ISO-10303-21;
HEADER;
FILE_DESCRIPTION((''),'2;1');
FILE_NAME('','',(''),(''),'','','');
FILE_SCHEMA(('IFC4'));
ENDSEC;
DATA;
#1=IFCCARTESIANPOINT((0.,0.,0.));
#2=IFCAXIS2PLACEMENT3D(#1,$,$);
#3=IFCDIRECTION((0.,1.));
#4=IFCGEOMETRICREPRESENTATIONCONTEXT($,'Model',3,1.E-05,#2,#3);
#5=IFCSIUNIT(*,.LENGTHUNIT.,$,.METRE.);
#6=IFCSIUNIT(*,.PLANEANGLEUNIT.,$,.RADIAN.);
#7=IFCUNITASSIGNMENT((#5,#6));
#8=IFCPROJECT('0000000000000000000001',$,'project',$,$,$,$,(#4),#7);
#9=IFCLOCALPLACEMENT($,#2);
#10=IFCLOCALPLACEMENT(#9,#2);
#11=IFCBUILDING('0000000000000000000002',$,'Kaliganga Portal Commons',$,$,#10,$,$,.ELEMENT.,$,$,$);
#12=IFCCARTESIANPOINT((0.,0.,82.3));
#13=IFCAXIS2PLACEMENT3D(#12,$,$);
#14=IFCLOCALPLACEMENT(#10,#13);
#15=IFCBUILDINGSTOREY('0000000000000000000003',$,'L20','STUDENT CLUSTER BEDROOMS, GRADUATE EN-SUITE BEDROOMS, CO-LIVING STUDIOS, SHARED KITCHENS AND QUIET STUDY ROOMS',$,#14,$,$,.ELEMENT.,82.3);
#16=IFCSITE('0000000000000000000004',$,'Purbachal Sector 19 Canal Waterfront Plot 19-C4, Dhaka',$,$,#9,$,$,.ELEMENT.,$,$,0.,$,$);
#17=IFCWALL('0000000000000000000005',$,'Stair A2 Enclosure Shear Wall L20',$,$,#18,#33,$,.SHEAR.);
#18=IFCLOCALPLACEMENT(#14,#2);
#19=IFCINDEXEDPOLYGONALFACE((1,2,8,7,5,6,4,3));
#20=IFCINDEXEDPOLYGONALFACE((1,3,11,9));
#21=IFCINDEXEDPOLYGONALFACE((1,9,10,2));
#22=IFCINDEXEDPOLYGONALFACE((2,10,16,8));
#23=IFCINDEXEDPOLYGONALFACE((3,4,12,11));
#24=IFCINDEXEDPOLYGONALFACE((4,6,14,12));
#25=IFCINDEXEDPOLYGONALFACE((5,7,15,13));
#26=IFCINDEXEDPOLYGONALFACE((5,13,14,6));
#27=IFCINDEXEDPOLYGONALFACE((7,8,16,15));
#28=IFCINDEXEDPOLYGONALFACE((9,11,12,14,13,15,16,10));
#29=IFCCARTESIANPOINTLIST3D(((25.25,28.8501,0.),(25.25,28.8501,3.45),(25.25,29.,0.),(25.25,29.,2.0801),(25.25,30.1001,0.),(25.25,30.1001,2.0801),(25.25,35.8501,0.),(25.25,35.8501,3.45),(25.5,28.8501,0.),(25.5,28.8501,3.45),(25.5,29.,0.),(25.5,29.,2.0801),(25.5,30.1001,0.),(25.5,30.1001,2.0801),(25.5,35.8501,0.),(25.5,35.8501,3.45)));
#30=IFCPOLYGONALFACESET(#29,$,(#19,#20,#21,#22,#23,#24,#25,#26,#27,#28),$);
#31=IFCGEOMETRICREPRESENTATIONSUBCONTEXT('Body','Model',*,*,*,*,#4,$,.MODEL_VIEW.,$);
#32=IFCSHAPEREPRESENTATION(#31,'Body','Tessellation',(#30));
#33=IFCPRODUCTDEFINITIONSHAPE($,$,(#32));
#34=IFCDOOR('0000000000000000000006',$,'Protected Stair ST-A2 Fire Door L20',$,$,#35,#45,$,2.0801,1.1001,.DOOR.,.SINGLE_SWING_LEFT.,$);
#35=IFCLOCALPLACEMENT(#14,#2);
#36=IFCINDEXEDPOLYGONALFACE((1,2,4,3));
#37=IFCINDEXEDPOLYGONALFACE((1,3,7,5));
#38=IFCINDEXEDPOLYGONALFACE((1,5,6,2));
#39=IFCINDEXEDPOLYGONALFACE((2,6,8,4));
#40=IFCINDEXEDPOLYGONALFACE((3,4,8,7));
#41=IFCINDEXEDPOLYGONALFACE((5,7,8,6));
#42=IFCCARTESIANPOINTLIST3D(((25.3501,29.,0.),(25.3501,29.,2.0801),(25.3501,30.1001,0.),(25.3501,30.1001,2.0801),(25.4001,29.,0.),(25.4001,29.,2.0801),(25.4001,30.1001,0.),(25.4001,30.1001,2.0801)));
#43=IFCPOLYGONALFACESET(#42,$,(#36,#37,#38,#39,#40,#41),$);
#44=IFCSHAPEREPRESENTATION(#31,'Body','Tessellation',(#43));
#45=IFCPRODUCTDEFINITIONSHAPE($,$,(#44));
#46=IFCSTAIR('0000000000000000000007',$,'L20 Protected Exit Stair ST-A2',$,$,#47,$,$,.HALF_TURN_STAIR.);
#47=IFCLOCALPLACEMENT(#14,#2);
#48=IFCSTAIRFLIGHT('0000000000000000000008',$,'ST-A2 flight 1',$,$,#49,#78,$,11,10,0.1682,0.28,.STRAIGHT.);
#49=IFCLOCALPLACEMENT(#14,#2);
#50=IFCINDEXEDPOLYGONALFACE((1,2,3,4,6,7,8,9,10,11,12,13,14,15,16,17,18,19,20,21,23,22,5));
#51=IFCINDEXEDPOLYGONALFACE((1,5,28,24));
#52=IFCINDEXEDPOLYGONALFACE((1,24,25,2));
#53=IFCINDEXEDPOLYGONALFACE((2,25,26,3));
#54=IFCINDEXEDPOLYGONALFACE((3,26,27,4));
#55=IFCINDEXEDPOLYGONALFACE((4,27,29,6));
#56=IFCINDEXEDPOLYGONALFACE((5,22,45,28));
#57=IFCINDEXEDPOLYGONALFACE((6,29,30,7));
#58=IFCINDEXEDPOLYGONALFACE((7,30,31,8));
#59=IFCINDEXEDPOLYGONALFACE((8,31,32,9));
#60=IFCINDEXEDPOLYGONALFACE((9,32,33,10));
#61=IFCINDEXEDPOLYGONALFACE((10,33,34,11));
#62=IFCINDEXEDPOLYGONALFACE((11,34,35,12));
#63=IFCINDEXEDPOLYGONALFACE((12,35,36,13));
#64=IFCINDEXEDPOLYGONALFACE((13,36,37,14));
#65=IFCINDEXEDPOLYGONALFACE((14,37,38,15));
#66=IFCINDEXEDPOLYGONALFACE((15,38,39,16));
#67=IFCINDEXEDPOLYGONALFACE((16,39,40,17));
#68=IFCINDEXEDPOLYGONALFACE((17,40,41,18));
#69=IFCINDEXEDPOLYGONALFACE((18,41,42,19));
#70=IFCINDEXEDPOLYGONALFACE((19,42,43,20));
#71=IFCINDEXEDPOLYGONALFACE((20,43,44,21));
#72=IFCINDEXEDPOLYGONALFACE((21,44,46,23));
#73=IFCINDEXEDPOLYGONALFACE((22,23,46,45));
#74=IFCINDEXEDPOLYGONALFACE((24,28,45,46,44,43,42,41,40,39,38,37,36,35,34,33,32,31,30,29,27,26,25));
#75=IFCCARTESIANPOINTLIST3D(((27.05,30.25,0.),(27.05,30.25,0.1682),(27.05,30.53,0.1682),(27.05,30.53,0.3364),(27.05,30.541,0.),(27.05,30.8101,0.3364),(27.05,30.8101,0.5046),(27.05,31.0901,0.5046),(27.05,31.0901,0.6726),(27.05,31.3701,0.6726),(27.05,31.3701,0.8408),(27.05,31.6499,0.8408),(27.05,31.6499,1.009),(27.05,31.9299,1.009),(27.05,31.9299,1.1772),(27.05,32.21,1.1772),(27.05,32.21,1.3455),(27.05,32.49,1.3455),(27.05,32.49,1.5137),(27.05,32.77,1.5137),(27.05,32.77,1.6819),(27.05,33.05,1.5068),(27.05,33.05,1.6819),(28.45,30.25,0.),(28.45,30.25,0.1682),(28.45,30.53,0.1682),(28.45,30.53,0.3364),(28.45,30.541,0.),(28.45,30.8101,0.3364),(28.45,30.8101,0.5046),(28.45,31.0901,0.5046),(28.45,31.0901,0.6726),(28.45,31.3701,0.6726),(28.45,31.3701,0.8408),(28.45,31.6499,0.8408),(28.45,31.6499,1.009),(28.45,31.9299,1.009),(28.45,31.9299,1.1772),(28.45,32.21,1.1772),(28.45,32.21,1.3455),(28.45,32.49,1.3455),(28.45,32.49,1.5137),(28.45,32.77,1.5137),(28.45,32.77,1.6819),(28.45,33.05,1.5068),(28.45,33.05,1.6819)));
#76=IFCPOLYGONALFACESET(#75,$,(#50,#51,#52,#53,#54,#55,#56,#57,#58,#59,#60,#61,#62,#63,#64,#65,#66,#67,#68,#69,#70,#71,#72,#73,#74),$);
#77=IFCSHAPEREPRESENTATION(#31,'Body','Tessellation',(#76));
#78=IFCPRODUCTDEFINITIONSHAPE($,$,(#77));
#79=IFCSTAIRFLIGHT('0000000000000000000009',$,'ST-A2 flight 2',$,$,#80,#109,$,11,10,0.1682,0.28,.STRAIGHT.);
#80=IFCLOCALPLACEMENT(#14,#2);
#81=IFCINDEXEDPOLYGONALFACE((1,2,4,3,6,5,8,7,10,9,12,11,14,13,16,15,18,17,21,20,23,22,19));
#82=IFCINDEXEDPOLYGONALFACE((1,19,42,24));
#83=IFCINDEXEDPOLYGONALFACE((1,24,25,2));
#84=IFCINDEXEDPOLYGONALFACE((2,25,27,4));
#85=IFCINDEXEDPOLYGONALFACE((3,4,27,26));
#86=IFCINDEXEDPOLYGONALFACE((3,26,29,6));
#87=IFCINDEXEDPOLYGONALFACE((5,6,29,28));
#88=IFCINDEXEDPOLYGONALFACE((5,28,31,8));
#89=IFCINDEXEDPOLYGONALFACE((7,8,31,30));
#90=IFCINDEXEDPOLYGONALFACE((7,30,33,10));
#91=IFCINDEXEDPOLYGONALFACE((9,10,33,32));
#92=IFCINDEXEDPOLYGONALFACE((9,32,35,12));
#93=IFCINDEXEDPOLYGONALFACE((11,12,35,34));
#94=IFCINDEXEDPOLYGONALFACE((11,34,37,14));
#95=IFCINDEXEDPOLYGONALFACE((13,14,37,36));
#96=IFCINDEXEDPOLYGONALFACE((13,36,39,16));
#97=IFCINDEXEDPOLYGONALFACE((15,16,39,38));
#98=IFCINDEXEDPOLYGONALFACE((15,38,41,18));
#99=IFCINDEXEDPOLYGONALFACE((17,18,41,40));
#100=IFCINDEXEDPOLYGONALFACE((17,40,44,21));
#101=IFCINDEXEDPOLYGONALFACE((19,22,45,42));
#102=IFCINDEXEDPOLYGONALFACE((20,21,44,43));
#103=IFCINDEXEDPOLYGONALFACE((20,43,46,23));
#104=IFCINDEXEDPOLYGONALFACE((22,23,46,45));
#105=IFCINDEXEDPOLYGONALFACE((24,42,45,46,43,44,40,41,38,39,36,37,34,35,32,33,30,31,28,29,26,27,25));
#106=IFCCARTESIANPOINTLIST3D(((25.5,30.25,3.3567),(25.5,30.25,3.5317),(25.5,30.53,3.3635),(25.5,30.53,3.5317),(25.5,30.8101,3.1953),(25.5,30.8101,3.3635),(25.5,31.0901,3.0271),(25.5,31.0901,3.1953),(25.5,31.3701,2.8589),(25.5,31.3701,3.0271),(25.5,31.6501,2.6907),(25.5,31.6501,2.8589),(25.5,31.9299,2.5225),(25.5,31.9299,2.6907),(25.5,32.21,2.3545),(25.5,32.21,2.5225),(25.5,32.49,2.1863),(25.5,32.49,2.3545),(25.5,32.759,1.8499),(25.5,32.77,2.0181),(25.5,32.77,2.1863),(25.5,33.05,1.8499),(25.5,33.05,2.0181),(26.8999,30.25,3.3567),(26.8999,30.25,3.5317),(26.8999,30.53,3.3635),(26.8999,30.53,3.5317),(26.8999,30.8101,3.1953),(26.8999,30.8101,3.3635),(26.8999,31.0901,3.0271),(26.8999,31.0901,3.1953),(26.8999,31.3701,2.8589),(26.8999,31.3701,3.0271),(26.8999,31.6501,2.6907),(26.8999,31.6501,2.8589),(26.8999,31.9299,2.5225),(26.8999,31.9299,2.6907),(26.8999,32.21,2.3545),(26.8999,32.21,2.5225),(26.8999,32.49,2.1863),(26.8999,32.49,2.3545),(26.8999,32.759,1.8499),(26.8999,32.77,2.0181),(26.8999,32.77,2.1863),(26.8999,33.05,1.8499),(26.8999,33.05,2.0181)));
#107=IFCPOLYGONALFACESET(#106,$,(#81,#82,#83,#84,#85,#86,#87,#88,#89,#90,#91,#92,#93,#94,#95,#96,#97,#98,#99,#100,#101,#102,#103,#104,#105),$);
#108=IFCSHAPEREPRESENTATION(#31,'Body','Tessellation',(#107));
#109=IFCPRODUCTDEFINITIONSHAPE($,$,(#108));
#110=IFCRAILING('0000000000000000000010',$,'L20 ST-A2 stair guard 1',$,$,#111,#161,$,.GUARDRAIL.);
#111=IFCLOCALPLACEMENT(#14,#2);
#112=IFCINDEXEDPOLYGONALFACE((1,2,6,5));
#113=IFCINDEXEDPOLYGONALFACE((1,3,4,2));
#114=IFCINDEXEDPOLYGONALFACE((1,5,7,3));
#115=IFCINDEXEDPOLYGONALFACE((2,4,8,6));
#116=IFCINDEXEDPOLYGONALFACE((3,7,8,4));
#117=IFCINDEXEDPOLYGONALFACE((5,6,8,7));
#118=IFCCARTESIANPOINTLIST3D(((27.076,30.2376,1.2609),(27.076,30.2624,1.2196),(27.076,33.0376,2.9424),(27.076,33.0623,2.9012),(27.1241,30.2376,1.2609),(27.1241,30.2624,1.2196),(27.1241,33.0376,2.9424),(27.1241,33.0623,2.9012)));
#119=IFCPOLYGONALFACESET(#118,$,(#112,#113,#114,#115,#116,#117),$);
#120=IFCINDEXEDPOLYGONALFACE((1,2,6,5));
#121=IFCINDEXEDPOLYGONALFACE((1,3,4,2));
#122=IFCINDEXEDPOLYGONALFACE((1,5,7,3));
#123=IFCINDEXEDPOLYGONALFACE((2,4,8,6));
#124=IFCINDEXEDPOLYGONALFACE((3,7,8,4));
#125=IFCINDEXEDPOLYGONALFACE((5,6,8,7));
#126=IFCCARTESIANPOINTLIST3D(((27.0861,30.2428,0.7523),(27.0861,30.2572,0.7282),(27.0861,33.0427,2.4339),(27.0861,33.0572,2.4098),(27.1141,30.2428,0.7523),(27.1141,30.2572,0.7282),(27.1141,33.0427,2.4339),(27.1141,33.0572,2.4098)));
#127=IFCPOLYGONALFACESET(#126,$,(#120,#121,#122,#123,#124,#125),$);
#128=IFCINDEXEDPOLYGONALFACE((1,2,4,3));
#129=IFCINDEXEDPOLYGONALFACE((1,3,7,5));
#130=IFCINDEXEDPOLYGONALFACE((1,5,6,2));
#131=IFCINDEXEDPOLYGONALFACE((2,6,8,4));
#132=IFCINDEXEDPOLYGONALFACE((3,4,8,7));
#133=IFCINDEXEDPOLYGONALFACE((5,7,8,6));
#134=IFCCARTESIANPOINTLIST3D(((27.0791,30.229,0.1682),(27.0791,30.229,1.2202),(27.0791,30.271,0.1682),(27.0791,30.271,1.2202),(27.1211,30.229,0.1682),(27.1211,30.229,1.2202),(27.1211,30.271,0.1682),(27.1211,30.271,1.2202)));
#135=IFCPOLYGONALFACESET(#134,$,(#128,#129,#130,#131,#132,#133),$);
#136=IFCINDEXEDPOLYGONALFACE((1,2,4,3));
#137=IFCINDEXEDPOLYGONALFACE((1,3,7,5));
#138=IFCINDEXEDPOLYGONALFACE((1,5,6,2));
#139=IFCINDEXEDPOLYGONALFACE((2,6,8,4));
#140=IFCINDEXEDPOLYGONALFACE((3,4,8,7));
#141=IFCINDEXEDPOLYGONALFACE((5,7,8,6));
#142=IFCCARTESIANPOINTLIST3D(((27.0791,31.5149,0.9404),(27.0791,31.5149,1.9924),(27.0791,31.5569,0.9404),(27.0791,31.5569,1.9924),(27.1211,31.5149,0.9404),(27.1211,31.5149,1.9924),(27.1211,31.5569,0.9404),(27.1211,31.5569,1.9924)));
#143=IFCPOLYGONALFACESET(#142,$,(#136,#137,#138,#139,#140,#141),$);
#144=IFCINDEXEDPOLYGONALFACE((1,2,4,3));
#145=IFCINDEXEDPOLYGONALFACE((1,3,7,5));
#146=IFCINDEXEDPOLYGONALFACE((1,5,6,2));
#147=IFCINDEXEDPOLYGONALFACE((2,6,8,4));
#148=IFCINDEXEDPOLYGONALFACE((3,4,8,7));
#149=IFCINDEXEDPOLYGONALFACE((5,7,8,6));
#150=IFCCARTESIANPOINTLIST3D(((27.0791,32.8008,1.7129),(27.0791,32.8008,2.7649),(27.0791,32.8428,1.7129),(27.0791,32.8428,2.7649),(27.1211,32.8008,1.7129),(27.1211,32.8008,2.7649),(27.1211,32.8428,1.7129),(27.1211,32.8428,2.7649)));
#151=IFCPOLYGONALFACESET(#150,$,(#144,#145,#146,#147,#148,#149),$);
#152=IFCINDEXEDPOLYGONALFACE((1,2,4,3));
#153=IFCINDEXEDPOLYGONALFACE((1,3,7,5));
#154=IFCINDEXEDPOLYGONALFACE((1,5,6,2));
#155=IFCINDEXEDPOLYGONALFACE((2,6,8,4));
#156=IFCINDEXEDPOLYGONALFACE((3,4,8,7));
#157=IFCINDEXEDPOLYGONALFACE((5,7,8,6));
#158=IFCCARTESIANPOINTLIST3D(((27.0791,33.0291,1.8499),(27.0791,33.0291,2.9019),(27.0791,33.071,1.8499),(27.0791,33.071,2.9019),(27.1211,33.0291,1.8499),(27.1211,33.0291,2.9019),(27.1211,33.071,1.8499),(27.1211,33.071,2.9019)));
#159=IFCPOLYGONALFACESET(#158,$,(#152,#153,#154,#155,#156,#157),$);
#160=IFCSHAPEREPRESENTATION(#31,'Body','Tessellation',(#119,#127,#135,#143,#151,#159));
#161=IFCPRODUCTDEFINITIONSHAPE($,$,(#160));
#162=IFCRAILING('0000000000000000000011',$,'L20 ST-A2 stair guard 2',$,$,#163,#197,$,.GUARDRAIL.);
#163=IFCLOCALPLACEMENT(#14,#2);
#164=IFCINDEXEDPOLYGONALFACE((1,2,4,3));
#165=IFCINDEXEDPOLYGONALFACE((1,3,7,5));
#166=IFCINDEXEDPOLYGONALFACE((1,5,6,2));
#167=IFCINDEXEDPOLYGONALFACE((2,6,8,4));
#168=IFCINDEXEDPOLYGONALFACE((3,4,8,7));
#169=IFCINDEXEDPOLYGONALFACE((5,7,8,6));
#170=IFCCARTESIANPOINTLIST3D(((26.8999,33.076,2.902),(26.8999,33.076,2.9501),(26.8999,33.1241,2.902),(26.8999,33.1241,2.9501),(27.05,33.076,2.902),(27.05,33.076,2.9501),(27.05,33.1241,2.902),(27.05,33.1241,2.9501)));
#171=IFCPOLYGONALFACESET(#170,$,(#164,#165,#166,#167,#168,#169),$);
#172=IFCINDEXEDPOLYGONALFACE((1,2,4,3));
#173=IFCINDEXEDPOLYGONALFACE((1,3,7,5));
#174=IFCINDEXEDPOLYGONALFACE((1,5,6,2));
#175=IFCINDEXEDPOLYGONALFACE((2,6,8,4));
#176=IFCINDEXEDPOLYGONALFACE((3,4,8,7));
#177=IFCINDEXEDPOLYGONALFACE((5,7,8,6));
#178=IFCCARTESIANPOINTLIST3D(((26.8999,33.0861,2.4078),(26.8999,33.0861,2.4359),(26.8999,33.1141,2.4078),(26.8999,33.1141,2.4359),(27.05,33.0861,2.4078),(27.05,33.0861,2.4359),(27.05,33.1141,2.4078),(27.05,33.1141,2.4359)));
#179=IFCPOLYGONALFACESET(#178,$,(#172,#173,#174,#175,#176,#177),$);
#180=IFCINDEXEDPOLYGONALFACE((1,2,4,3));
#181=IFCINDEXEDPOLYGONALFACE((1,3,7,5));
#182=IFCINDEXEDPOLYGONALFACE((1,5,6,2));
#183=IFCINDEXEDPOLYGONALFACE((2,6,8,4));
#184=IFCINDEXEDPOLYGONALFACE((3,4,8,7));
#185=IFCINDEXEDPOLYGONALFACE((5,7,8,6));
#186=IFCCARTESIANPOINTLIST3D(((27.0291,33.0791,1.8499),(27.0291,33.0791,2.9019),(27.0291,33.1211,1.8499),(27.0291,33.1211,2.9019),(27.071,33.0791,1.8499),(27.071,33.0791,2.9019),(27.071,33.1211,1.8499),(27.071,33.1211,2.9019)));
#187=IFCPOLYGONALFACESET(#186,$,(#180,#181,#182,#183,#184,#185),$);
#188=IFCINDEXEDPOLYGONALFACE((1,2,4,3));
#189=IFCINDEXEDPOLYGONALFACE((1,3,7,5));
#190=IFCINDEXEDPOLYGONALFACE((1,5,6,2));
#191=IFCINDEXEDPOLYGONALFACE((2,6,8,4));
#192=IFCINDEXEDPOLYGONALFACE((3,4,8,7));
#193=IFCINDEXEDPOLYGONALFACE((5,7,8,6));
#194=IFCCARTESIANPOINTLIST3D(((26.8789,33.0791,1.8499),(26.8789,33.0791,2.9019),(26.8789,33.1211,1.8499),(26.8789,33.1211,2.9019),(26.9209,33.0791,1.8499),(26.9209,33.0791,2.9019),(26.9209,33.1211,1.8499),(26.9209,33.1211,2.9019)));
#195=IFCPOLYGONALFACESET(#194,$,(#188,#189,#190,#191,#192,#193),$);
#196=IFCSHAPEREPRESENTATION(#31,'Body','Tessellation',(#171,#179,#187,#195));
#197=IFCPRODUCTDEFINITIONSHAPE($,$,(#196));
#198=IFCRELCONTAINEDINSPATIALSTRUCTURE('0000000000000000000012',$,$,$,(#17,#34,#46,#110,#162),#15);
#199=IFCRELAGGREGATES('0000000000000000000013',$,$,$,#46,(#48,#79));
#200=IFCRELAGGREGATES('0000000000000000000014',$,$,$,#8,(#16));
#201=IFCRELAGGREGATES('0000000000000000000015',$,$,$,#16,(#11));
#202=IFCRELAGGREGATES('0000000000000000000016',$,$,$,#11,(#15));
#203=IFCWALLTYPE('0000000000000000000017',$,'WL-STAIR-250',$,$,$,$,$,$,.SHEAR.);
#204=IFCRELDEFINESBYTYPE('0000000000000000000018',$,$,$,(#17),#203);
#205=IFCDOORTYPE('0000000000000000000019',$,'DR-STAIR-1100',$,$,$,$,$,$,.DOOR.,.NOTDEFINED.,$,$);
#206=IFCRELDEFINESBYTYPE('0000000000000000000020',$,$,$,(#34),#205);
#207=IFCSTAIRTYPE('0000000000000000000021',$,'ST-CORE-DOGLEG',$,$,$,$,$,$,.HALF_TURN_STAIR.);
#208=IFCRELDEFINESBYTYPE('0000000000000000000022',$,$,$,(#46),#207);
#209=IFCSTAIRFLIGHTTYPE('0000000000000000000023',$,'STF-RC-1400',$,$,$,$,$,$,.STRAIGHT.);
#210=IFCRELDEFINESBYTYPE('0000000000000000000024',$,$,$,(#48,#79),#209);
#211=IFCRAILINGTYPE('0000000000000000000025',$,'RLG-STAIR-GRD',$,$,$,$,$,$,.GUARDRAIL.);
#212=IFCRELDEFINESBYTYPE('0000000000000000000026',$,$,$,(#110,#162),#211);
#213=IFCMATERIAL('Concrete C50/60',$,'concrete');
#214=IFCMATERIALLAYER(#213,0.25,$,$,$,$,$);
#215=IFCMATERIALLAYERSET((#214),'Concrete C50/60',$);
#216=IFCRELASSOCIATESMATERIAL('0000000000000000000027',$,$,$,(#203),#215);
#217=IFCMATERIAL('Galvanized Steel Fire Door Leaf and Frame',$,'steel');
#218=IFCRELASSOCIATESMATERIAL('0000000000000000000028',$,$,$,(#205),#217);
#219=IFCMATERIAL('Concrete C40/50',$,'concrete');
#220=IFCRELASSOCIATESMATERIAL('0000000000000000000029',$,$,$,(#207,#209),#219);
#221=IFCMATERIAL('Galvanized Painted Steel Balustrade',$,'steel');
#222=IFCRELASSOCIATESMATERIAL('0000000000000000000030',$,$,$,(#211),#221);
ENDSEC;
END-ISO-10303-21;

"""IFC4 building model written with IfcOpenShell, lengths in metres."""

from ifc_helpers import new_model, si_unit, direction, frame, frame_2d, origin, origin_2d, place, context, subcontext, project, spatial, polyline, rectangle, outline, extrude, material, layer, layer_set, type_object, element, fill, aggregate, save


model = new_model("IFC4")

# Units and contexts
model_context = context("Model", 3, precision=1e-05, world=origin(), true_north=direction((0.0, 1.0)))
body_context = subcontext(model_context, "Body", "Model", "MODEL_VIEW")
ifc_project = project(units=[si_unit("LENGTHUNIT", "METRE"), si_unit("PLANEANGLEUNIT", "RADIAN")], contexts=[model_context])

# Site, building, storey
site_placement = place(None, origin())
site = spatial("IfcSite", under=ifc_project, at=site_placement, Name="Purbachal Sector 19 Canal Waterfront Plot 19-C4, Dhaka", CompositionType="ELEMENT", RefElevation=0.0)
building_placement = place(site_placement, origin())
building = spatial("IfcBuilding", under=site, at=building_placement, Name="Kaliganga Portal Commons", CompositionType="ELEMENT")
storey_placement = place(building_placement, frame((0.0, 0.0, 82.3)))
storey = spatial("IfcBuildingStorey", under=building, at=storey_placement, Name="L20", Description="STUDENT CLUSTER BEDROOMS, GRADUATE EN-SUITE BEDROOMS, CO-LIVING STUDIOS, SHARED KITCHENS AND QUIET STUDY ROOMS", CompositionType="ELEMENT", Elevation=82.3)

# Wall, opening, door
ifc_material_1 = material(Name="Concrete C50/60", Category="concrete")
ifc_layer_1 = layer(ifc_material_1, 0.25)
ifc_layer_set_1 = layer_set([ifc_layer_1], Name="Concrete C50/60")
wall_type_1 = type_object("IfcWallType", Name="WL-STAIR-250", PredefinedType="SHEAR", material=ifc_layer_set_1)
wall_1_placement = place(storey_placement, frame((25.375, 28.8501, 0.0), z_axis=(0.0, 0.0, 1.0), x_axis=(0.0, 1.0, 0.0)))
wall_1 = element("IfcWall", 1, at=wall_1_placement, inside=storey, type_object=wall_type_1, Name="Stair A2 Enclosure Shear Wall L20", PredefinedType="SHEAR", context=body_context, shape_type="SweptSolid", body=[
    extrude(rectangle(XDim=7.0, YDim=0.25, at=frame_2d((3.5, 0.0))), origin(), (0.0, 0.0, 1.0), 3.45),
])
opening_1_placement = place(wall_1_placement, frame((0.1499, 0.0, 0.0)))
opening_1 = element("IfcOpeningElement", 2, at=opening_1_placement, cuts=wall_1, PredefinedType="OPENING", context=body_context, shape_type="SweptSolid", body=[
    extrude(rectangle(XDim=1.1001, YDim=2.0801, at=frame_2d((0.55, 1.04))), frame((0.0, 0.135, 0.0), z_axis=(0.0, -1.0, 0.0), x_axis=(1.0, 0.0, 0.0)), (0.0, 0.0, 1.0), 0.27),
])
ifc_material_2 = material(Name="Galvanized Steel Fire Door Leaf and Frame", Category="steel")
door_type_1 = type_object("IfcDoorType", Name="DR-STAIR-1100", OperationType="NOTDEFINED", PredefinedType="DOOR", material=ifc_material_2)
door_1_placement = place(opening_1_placement, origin())
door_1 = element("IfcDoor", 3, at=door_1_placement, inside=storey, type_object=door_type_1, Name="Protected Stair ST-A2 Fire Door L20", OperationType="SINGLE_SWING_LEFT", OverallHeight=2.0801, OverallWidth=1.1001, PredefinedType="DOOR", context=body_context, shape_type="SweptSolid", body=[
    extrude(rectangle(XDim=1.1001, YDim=2.0801, at=frame_2d((0.55, 1.04))), frame((0.0, 0.0249, 0.0), z_axis=(0.0, -1.0, 0.0), x_axis=(1.0, 0.0, 0.0)), (0.0, 0.0, 1.0), 0.05),
])
fill(opening_1, door_1)

# Stair, stair flights
ifc_material_3 = material(Name="Concrete C40/50", Category="concrete")
stair_type = type_object("IfcStairType", Name="ST-CORE-DOGLEG", PredefinedType="HALF_TURN_STAIR", material=ifc_material_3)
stair_placement = place(storey_placement, origin())
stair = element("IfcStair", 4, at=stair_placement, inside=storey, type_object=stair_type, Name="L20 Protected Exit Stair ST-A2", PredefinedType="HALF_TURN_STAIR")
stair_flight_type = type_object("IfcStairFlightType", Name="STF-RC-1400", PredefinedType="STRAIGHT", material=ifc_material_3)
stair_flight_1_placement = place(storey_placement, frame((27.75, 30.25, 0.0), z_axis=(0.0, 0.0, 1.0), x_axis=(0.0, 1.0, 0.0)))
stair_flight_1 = element("IfcStairFlight", 5, at=stair_flight_1_placement, type_object=stair_flight_type, Name="ST-A2 flight 1", NumberOfRisers=11, NumberOfTreads=10, PredefinedType="STRAIGHT", RiserHeight=0.1682, TreadLength=0.28, context=body_context, shape_type="SweptSolid", body=[
    extrude(outline(polyline([(0.0, 0.0), (0.0, 0.1682), (0.28, 0.1682), (0.28, 0.3364), (0.5601, 0.3364), (0.5601, 0.5046), (0.8401, 0.5046), (0.8401, 0.6726), (1.1201, 0.6726), (1.1201, 0.8408), (1.3999, 0.8408), (1.3999, 1.009), (1.6799, 1.009), (1.6799, 1.1772), (1.96, 1.1772), (1.96, 1.3455), (2.24, 1.3455), (2.24, 1.5137), (2.52, 1.5137), (2.52, 1.6819), (2.8, 1.6819), (2.8, 1.8501), (2.8, 1.5068), (0.291, 0.0), (0.0, 0.0)])), frame((0.0, 0.7, 0.0), z_axis=(0.0, -1.0, 0.0), x_axis=(1.0, 0.0, 0.0)), (0.0, 0.0, 1.0), 1.3999),
])
stair_flight_2_placement = place(storey_placement, frame((26.2, 33.05, 1.8499), z_axis=(0.0, 0.0, 1.0), x_axis=(0.0, -1.0, 0.0)))
stair_flight_2 = element("IfcStairFlight", 6, at=stair_flight_2_placement, type_object=stair_flight_type, Name="ST-A2 flight 2", NumberOfRisers=11, NumberOfTreads=10, PredefinedType="STRAIGHT", RiserHeight=0.1682, TreadLength=0.28, context=body_context, shape_type="SweptSolid", body=[
    extrude(outline(polyline([(0.0, 0.0), (0.0, 0.1682), (0.28, 0.1682), (0.28, 0.3364), (0.5601, 0.3364), (0.5601, 0.5046), (0.8401, 0.5046), (0.8401, 0.6726), (1.1201, 0.6726), (1.1201, 0.8408), (1.3999, 0.8408), (1.3999, 1.009), (1.6799, 1.009), (1.6799, 1.1772), (1.96, 1.1772), (1.96, 1.3455), (2.24, 1.3455), (2.24, 1.5137), (2.52, 1.5137), (2.52, 1.6819), (2.8, 1.6819), (2.8, 1.8501), (2.8, 1.5068), (0.291, 0.0), (0.0, 0.0)])), frame((0.0, 0.7, 0.0), z_axis=(0.0, -1.0, 0.0), x_axis=(1.0, 0.0, 0.0)), (0.0, 0.0, 1.0), 1.3999),
])
aggregate(stair, [stair_flight_1, stair_flight_2])

# Railings
ifc_material_4 = material(Name="Galvanized Painted Steel Balustrade", Category="steel")
railing_type_1 = type_object("IfcRailingType", Name="RLG-STAIR-GRD", PredefinedType="GUARDRAIL", material=ifc_material_4)
railing_1_placement = place(storey_placement, frame((27.1001, 30.25, 0.1682)))
element("IfcRailing", 7, at=railing_1_placement, inside=storey, type_object=railing_type_1, Name="L20 ST-A2 stair guard 1", PredefinedType="GUARDRAIL", context=body_context, shape_type="SweptSolid", body=[
    extrude(rectangle(XDim=0.0481, YDim=0.0481, at=origin_2d()), frame((0.0, 0.0, 1.072), z_axis=(0.0, 0.857275, 0.514858), x_axis=(-1.0, 0.0, 0.0)), (0.0, 0.0, 1.0), 3.2661),
    extrude(rectangle(XDim=0.0281, YDim=0.0281, at=origin_2d()), frame((0.0, 0.0, 0.572), z_axis=(0.0, 0.857275, 0.514858), x_axis=(-1.0, 0.0, 0.0)), (0.0, 0.0, 1.0), 3.2661),
    extrude(rectangle(XDim=0.042, YDim=0.042, at=origin_2d()), origin(), (0.0, 0.0, 1.0), 1.052),
    extrude(rectangle(XDim=0.042, YDim=0.042, at=origin_2d()), frame((0.0, 1.2859, 0.7722)), (0.0, 0.0, 1.0), 1.052),
    extrude(rectangle(XDim=0.042, YDim=0.042, at=origin_2d()), frame((0.0, 2.5718, 1.5447)), (0.0, 0.0, 1.0), 1.052),
    extrude(rectangle(XDim=0.042, YDim=0.042, at=origin_2d()), frame((0.0, 2.8, 1.6816)), (0.0, 0.0, 1.0), 1.052),
])
railing_2_placement = place(storey_placement, frame((27.05, 33.1001, 1.8499)))
element("IfcRailing", 8, at=railing_2_placement, inside=storey, type_object=railing_type_1, Name="L20 ST-A2 stair guard 2", PredefinedType="GUARDRAIL", context=body_context, shape_type="SweptSolid", body=[
    extrude(rectangle(XDim=0.0481, YDim=0.0481, at=origin_2d()), frame((0.0, 0.0, 1.0762), z_axis=(-1.0, 0.0, 0.0), x_axis=(0.0, -1.0, 0.0)), (0.0, 0.0, 1.0), 0.1501),
    extrude(rectangle(XDim=0.0281, YDim=0.0281, at=origin_2d()), frame((0.0, 0.0, 0.572), z_axis=(-1.0, 0.0, 0.0), x_axis=(0.0, -1.0, 0.0)), (0.0, 0.0, 1.0), 0.1501),
    extrude(rectangle(XDim=0.042, YDim=0.042, at=origin_2d()), origin(), (0.0, 0.0, 1.0), 1.052),
    extrude(rectangle(XDim=0.042, YDim=0.042, at=origin_2d()), frame((-0.1501, 0.0, 0.0)), (0.0, 0.0, 1.0), 1.052),
])

save(model, "model.ifc")
